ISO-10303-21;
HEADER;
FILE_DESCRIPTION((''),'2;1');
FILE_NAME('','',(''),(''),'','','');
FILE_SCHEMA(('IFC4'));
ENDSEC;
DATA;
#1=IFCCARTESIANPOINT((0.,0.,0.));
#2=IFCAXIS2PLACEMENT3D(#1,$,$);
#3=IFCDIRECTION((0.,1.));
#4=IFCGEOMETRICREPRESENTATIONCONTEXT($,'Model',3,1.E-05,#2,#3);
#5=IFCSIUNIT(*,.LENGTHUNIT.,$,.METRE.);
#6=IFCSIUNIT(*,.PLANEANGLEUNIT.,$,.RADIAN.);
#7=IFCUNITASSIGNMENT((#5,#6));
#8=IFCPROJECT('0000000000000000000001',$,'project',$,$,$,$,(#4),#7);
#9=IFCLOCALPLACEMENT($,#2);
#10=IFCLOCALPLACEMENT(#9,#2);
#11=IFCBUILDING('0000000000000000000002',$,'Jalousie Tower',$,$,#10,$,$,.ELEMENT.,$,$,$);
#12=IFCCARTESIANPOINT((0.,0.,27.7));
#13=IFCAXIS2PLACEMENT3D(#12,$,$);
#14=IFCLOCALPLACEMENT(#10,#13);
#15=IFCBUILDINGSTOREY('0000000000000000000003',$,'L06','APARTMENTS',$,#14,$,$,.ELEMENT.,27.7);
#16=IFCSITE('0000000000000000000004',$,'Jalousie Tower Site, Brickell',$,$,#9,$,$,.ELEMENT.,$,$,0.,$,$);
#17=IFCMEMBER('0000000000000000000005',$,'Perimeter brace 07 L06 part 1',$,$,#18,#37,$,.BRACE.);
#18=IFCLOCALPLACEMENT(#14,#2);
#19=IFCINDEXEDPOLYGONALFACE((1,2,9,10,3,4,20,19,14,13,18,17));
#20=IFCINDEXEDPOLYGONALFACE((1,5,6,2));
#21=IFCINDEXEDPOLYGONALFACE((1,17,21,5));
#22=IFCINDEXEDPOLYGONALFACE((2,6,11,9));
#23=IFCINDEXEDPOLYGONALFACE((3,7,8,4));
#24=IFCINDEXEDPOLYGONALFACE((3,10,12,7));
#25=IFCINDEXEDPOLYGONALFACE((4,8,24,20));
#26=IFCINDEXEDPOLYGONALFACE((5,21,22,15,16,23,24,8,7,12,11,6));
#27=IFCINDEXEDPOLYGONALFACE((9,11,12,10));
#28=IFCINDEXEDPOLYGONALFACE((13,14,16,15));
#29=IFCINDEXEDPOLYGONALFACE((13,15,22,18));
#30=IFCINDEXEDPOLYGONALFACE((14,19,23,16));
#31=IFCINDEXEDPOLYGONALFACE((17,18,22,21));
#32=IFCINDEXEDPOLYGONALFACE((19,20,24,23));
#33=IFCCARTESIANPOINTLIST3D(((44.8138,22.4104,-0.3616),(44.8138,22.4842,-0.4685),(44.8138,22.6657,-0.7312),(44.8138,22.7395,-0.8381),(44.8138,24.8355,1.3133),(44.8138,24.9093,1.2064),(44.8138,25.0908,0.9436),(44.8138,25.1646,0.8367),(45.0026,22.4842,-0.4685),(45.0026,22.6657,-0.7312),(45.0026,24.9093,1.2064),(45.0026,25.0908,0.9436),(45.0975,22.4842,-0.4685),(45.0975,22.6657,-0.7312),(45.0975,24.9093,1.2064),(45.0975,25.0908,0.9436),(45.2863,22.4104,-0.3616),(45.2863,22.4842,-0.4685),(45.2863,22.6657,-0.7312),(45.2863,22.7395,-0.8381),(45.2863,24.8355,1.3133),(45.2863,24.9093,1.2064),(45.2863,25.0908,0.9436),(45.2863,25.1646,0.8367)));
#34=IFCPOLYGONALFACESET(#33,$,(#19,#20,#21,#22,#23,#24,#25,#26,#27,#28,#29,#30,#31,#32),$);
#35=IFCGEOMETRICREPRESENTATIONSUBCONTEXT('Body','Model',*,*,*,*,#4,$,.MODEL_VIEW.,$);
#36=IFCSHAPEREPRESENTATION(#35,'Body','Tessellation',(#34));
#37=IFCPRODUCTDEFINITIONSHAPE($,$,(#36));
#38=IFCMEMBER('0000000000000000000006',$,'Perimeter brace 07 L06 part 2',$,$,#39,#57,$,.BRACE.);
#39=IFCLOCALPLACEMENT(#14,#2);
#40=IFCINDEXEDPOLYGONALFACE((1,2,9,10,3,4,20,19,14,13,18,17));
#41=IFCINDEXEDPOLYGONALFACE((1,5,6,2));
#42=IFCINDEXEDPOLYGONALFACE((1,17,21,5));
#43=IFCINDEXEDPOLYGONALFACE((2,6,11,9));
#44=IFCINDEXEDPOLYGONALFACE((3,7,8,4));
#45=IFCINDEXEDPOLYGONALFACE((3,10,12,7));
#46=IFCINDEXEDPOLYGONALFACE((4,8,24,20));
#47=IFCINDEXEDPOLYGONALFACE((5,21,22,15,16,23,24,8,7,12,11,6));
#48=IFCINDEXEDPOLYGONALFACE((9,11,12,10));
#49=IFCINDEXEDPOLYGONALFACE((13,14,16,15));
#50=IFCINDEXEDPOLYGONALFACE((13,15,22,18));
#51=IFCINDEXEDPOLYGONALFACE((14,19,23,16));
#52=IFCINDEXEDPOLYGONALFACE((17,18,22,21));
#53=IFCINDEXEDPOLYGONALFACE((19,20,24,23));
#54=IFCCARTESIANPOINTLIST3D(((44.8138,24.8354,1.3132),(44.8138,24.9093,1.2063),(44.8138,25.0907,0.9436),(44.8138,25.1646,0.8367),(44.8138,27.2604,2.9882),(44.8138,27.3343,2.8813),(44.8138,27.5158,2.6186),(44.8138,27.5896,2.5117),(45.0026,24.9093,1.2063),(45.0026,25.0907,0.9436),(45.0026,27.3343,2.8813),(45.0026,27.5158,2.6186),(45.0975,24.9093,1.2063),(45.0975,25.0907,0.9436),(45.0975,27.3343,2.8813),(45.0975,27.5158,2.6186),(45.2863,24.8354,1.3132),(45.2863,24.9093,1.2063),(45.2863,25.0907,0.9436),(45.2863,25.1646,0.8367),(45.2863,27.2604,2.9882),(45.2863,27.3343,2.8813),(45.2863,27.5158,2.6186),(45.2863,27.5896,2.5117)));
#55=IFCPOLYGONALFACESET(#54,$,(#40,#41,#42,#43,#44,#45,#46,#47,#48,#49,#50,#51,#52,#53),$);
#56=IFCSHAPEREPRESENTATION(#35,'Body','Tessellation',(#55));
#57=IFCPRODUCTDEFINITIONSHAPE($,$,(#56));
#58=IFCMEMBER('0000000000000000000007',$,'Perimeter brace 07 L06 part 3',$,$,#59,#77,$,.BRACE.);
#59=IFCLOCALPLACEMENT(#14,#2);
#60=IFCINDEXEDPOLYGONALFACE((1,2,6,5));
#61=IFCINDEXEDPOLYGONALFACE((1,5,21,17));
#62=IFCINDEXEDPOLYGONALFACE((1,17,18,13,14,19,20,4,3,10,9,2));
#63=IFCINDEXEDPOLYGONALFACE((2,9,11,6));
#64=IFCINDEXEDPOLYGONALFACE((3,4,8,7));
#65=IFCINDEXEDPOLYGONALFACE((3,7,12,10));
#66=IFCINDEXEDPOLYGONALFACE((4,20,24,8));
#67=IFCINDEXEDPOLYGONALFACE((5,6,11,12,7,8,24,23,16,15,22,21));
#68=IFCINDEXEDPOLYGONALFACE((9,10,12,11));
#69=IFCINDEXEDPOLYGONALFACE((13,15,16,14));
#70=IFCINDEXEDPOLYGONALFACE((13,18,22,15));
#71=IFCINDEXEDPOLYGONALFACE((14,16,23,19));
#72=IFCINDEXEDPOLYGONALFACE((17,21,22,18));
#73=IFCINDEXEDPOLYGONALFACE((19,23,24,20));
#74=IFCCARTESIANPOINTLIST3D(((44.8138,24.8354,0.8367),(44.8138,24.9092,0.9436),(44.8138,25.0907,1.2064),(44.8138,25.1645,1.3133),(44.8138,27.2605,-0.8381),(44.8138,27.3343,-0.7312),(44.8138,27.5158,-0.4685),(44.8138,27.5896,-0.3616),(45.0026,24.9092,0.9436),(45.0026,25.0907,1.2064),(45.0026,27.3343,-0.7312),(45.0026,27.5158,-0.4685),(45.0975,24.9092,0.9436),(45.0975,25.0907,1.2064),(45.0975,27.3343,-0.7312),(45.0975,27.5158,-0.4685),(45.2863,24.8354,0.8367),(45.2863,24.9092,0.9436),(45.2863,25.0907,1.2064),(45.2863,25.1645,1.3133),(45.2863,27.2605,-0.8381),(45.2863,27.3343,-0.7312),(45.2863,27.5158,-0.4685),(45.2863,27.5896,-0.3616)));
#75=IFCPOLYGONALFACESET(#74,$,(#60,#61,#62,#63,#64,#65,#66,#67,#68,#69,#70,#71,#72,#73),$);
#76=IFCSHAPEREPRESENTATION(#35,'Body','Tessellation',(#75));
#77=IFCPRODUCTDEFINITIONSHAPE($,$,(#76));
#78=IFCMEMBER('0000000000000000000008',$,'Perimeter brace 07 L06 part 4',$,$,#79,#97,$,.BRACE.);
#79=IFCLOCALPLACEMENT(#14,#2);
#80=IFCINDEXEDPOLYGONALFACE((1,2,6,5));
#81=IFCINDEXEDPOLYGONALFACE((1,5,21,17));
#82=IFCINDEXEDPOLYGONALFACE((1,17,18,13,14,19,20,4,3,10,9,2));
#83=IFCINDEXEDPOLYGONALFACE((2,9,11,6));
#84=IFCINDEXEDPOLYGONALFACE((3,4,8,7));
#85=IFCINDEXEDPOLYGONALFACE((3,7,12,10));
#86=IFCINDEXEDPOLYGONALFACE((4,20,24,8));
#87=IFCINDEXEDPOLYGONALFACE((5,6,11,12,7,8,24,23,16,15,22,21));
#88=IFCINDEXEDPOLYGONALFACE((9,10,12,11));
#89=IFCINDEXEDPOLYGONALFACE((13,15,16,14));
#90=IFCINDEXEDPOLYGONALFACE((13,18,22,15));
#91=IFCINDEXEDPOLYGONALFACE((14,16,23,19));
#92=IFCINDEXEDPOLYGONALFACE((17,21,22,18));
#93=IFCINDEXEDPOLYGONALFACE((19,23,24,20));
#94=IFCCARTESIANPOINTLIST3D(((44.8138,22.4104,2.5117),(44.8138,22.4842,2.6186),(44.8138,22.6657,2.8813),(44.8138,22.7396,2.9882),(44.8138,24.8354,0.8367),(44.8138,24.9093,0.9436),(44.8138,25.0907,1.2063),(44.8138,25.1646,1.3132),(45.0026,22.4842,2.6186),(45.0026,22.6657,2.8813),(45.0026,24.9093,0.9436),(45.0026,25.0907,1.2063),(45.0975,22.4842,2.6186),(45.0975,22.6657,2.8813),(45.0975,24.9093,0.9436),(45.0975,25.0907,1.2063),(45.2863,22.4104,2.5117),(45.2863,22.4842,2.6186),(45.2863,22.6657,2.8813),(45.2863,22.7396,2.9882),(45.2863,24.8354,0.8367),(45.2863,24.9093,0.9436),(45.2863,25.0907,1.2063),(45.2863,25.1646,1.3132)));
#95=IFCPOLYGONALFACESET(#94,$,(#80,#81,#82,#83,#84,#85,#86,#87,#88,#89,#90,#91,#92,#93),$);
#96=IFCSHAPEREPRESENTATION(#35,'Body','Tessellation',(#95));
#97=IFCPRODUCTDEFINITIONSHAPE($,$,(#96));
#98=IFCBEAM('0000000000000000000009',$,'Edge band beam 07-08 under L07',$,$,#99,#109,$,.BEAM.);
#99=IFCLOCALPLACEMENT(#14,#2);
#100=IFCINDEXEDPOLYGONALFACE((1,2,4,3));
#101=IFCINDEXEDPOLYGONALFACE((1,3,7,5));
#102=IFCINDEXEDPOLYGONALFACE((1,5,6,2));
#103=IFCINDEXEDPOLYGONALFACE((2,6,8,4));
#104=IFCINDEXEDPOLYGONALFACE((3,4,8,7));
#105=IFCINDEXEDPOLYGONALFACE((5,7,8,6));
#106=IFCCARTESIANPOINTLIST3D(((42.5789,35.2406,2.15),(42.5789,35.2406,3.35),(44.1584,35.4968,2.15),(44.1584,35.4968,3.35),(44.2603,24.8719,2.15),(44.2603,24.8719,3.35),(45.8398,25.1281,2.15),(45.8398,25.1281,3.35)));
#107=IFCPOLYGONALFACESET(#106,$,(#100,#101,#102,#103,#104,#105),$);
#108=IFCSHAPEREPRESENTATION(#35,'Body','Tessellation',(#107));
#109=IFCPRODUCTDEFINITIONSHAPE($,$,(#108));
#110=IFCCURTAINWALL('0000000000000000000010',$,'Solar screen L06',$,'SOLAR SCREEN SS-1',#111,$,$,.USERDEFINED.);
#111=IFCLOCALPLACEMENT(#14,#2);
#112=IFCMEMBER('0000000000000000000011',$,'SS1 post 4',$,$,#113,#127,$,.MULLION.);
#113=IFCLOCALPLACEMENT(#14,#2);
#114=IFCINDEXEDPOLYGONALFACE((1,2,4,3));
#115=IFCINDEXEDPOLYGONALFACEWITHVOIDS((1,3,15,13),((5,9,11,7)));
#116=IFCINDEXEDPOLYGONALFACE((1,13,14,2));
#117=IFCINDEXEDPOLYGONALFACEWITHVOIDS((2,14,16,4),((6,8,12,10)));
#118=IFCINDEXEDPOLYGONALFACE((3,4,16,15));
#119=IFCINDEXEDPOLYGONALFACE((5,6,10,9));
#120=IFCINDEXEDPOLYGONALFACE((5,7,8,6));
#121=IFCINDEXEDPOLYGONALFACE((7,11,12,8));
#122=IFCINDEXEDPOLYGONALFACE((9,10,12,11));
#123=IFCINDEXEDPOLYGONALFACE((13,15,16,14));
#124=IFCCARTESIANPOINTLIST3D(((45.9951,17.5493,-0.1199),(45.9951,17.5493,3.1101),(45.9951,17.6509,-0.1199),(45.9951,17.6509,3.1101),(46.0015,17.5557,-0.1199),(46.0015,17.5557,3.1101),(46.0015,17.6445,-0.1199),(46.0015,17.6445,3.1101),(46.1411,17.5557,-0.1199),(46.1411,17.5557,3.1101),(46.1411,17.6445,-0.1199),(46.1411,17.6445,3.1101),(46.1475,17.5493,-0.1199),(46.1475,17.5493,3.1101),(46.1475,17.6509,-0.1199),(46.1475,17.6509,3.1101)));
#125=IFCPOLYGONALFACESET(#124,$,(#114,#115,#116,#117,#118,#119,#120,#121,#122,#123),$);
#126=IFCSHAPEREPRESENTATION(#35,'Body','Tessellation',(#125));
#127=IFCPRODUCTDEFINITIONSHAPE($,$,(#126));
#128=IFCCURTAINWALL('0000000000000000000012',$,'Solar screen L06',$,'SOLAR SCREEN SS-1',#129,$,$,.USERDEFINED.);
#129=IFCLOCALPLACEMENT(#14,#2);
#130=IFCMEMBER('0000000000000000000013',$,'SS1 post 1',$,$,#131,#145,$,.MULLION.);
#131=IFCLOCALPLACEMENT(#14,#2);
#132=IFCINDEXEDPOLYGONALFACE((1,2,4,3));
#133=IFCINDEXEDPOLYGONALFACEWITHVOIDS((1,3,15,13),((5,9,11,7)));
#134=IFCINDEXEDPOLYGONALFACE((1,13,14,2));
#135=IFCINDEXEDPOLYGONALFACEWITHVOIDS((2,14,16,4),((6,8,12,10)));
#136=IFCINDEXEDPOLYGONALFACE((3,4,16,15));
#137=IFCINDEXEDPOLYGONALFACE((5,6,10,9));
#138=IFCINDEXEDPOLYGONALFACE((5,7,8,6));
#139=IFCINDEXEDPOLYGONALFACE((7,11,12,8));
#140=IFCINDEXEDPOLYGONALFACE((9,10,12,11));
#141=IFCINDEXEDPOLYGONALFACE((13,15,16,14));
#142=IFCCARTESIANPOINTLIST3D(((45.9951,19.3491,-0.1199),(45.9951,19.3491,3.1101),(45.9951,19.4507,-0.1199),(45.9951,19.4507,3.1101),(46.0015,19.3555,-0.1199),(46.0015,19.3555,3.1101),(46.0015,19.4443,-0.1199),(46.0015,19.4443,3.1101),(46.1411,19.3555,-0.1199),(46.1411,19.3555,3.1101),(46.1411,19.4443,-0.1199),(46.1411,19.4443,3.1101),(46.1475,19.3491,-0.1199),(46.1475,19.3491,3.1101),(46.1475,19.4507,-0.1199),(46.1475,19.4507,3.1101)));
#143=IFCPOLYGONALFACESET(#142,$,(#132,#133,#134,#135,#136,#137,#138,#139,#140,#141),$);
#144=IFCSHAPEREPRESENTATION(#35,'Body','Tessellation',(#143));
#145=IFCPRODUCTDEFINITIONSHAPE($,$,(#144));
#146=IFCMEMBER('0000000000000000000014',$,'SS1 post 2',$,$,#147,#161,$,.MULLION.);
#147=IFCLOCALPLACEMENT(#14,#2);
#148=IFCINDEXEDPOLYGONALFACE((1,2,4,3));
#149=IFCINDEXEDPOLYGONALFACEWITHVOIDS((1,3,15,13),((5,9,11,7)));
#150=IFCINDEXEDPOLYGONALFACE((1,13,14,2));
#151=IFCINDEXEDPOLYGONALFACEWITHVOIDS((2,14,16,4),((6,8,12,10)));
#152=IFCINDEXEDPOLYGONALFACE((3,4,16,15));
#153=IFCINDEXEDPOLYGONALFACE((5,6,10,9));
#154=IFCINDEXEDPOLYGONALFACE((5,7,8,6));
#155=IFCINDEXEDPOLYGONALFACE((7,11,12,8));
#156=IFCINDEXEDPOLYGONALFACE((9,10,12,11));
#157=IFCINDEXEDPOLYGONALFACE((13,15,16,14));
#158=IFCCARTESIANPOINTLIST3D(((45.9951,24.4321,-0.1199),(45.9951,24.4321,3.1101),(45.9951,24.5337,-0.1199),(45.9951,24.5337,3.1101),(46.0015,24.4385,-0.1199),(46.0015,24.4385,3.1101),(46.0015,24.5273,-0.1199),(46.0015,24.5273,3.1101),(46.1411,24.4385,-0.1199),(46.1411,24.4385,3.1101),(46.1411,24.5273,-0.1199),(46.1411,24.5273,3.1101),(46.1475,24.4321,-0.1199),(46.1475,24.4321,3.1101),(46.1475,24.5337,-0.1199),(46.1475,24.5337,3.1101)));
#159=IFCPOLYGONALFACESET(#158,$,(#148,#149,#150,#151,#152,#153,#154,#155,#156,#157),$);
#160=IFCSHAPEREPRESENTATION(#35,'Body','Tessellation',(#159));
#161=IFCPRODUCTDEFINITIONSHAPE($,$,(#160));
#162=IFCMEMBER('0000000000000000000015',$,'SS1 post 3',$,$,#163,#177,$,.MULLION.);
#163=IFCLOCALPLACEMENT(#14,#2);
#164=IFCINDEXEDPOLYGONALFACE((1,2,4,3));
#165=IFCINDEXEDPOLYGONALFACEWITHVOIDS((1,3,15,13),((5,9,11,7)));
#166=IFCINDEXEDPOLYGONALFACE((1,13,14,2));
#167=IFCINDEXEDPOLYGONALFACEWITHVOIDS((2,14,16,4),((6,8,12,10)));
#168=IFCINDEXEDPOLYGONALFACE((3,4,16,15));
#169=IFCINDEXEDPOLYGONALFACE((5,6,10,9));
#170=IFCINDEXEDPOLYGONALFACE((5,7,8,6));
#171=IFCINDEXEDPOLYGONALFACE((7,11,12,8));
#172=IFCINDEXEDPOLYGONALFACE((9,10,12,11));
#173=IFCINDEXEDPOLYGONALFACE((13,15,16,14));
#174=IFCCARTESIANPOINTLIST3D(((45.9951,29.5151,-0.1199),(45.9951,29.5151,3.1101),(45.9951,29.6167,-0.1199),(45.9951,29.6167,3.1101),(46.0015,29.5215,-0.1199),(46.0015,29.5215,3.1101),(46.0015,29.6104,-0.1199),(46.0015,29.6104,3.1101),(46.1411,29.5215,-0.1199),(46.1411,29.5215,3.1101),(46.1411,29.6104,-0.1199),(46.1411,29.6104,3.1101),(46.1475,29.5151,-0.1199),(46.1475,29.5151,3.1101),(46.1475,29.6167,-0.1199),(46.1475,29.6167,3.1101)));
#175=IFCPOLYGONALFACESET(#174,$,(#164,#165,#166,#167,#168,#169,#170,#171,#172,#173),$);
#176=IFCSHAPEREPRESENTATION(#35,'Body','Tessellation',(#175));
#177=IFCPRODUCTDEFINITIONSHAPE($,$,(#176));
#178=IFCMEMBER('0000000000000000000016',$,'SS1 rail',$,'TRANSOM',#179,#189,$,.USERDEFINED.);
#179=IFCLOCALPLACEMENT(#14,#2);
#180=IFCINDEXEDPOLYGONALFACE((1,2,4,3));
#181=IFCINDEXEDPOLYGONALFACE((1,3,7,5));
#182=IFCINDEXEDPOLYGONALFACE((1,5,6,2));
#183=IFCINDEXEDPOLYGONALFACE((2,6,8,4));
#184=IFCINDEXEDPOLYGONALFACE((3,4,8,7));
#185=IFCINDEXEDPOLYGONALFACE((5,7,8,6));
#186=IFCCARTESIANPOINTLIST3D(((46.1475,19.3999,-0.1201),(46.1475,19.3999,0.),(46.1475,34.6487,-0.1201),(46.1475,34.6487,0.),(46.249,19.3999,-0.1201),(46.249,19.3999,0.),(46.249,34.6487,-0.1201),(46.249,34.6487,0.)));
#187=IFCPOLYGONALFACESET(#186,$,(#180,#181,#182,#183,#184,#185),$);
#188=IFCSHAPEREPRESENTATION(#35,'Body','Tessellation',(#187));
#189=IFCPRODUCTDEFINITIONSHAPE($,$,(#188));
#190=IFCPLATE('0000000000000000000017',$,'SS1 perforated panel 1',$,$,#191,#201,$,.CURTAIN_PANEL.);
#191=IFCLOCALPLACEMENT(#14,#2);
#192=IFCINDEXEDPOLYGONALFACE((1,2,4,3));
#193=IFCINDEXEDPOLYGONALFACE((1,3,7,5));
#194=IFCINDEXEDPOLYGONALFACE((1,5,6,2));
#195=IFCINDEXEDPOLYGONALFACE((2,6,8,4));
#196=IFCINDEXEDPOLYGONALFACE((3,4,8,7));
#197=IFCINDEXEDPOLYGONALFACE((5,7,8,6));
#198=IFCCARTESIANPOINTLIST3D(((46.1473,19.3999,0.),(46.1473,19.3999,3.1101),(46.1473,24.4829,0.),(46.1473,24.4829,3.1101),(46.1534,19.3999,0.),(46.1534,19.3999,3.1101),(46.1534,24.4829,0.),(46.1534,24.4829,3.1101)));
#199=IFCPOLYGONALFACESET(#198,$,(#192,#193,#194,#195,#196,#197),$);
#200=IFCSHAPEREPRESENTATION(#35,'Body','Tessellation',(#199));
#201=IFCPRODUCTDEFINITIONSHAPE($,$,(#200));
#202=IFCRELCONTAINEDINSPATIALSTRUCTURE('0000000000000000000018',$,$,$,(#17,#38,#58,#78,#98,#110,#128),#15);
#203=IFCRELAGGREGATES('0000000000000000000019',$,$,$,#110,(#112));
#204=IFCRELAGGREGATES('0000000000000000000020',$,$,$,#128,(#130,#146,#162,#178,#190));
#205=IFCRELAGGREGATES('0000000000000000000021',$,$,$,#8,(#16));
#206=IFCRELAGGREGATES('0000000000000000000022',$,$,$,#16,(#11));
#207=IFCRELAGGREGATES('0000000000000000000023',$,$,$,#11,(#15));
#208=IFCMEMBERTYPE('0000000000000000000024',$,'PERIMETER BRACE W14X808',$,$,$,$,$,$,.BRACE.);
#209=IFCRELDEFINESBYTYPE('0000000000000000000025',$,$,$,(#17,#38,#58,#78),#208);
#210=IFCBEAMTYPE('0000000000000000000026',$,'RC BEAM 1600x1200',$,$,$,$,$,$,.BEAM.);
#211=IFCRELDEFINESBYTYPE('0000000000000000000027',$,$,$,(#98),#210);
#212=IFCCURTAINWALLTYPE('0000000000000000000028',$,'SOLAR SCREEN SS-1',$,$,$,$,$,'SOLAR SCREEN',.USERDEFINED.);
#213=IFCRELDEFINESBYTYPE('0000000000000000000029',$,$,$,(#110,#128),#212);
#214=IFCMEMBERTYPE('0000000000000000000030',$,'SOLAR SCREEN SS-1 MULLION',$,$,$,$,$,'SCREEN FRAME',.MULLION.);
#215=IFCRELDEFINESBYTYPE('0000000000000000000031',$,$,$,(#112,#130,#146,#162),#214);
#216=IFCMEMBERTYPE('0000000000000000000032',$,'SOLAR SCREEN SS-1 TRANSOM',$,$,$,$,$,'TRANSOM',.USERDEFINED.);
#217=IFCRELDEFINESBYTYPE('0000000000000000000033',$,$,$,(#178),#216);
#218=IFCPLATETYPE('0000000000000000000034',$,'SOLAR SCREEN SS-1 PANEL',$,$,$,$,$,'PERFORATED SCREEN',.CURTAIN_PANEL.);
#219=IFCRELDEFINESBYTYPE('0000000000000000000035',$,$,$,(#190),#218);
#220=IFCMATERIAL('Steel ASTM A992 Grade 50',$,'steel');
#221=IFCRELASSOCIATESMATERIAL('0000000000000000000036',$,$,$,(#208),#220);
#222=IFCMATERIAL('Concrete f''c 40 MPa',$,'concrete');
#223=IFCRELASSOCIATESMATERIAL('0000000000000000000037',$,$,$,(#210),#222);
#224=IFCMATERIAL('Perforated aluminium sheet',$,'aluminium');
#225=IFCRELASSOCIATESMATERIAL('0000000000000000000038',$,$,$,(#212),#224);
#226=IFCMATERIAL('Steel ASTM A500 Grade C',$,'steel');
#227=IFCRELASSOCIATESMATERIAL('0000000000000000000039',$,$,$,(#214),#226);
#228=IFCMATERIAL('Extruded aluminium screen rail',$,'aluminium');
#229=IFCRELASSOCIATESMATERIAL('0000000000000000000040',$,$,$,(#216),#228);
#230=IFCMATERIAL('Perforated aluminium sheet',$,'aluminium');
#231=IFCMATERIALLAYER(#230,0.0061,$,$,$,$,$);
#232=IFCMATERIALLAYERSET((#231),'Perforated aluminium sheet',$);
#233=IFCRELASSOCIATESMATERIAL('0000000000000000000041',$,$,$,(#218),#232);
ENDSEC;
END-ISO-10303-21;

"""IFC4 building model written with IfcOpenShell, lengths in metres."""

from ifc_helpers import new_model, si_unit, direction, frame, origin, origin_2d, place, context, subcontext, project, spatial, rectangle, hollow_rectangle, i_section, extrude, material, layer, layer_set, material_profile, profile_set, type_object, element, aggregate, save


model = new_model("IFC4")

# Units and contexts
model_context = context("Model", 3, precision=1e-05, world=origin(), true_north=direction((0.0, 1.0)))
body_context = subcontext(model_context, "Body", "Model", "MODEL_VIEW")
ifc_project = project(units=[si_unit("LENGTHUNIT", "METRE"), si_unit("PLANEANGLEUNIT", "RADIAN")], contexts=[model_context])

# Site, building, storey
site_placement = place(None, origin())
site = spatial("IfcSite", under=ifc_project, at=site_placement, Name="Jalousie Tower Site, Brickell", CompositionType="ELEMENT", RefElevation=0.0)
building_placement = place(site_placement, origin())
building = spatial("IfcBuilding", under=site, at=building_placement, Name="Jalousie Tower", CompositionType="ELEMENT")
storey_placement = place(building_placement, frame((0.0, 0.0, 27.7)))
storey = spatial("IfcBuildingStorey", under=building, at=storey_placement, Name="L06", Description="APARTMENTS", CompositionType="ELEMENT", Elevation=27.7)

# Members
ifc_material_1 = material(Name="Steel ASTM A992 Grade 50", Category="steel")
ifc_material_profile_1 = material_profile(ifc_material_1, i_section(OverallWidth=0.4724, OverallDepth=0.5791, WebThickness=0.095, FlangeThickness=0.1299, at=origin_2d()), Name="W14X808")
ifc_profile_set_1 = profile_set([ifc_material_profile_1], Name="Steel ASTM A992 Grade 50")
member_type_1 = type_object("IfcMemberType", Name="PERIMETER BRACE W14X808", PredefinedType="BRACE", material=ifc_profile_set_1)
for number, where, z_axis, x_axis, name in (
    (1, (45.05, 22.575, -0.5999), (0.0, 0.822839, 0.568275), (-1.0, 0.0, 0.0), "Perimeter brace 07 L06 part 1"),
    (2, (45.05, 25.0, 1.075), (0.0, 0.8228, 0.568331), (-1.0, 0.0, 0.0), "Perimeter brace 07 L06 part 2"),
    (3, (45.05, 27.425, -0.5999), (0.0, -0.822839, 0.568275), (1.0, 0.0, 0.0), "Perimeter brace 07 L06 part 3"),
    (4, (45.05, 25.0, 1.075), (0.0, -0.8228, 0.568331), (1.0, 0.0, 0.0), "Perimeter brace 07 L06 part 4"),
):
    element("IfcMember", number, at=place(storey_placement, frame(where, z_axis=z_axis, x_axis=x_axis)), inside=storey, type_object=member_type_1, Name=name, PredefinedType="BRACE", context=body_context, shape_type="SweptSolid", body=[
        extrude(i_section(OverallWidth=0.4724, OverallDepth=0.5791, WebThickness=0.095, FlangeThickness=0.1299, at=origin_2d()), origin(), (0.0, 0.0, 1.0), 2.9473),
    ])

# Beam
ifc_material_2 = material(Name="Concrete f'c 40 MPa", Category="concrete")
ifc_material_profile_2 = material_profile(ifc_material_2, rectangle(XDim=1.6001, YDim=1.2, at=origin_2d()), Name="RC 1600x1200")
ifc_profile_set_2 = profile_set([ifc_material_profile_2], Name="Concrete f'c 40 MPa")
beam_type = type_object("IfcBeamType", Name="RC BEAM 1600x1200", PredefinedType="BEAM", material=ifc_profile_set_2)
beam_placement = place(storey_placement, frame((45.05, 25.0, 2.75), z_axis=(-0.160071, 0.987106, 0.0), x_axis=(-0.987106, -0.160071, 0.0)))
element("IfcBeam", 5, at=beam_placement, inside=storey, type_object=beam_type, Name="Edge band beam 07-08 under L07", PredefinedType="BEAM", context=body_context, shape_type="SweptSolid", body=[
    extrude(rectangle(XDim=1.6001, YDim=1.2, at=origin_2d()), origin(), (0.0, 0.0, 1.0), 10.5042),
])

# Curtain wall, member
ifc_material_3 = material(Name="Perforated aluminium sheet", Category="aluminium")
curtain_wall_type = type_object("IfcCurtainWallType", Name="SOLAR SCREEN SS-1", ElementType="SOLAR SCREEN", PredefinedType="USERDEFINED", material=ifc_material_3)
curtain_wall_1_placement = place(storey_placement, origin())
curtain_wall_1 = element("IfcCurtainWall", 6, at=curtain_wall_1_placement, inside=storey, type_object=curtain_wall_type, Name="Solar screen L06", ObjectType="SOLAR SCREEN SS-1", PredefinedType="USERDEFINED")
ifc_material_4 = material(Name="Steel ASTM A500 Grade C", Category="steel")
ifc_material_profile_3 = material_profile(ifc_material_4, hollow_rectangle(XDim=0.1016, YDim=0.1523, WallThickness=0.0063, at=origin_2d()), Name="HSS6X4X1/4")
ifc_profile_set_3 = profile_set([ifc_material_profile_3], Name="Steel ASTM A500 Grade C")
member_type_2 = type_object("IfcMemberType", Name="SOLAR SCREEN SS-1 MULLION", ElementType="SCREEN FRAME", PredefinedType="MULLION", material=ifc_profile_set_3)
member_1_placement = place(storey_placement, frame((46.0713, 17.6001, -0.1199), z_axis=(0.0, 0.0, 1.0), x_axis=(0.0, 1.0, 0.0)))
member_1 = element("IfcMember", 7, at=member_1_placement, type_object=member_type_2, Name="SS1 post 4", PredefinedType="MULLION", context=body_context, shape_type="SweptSolid", body=[
    extrude(hollow_rectangle(XDim=0.1016, YDim=0.1523, WallThickness=0.0063, at=origin_2d()), origin(), (0.0, 0.0, 1.0), 3.23),
])
aggregate(curtain_wall_1, [member_1])

# Curtain wall, members, plate
curtain_wall_2_placement = place(storey_placement, origin())
curtain_wall_2 = element("IfcCurtainWall", 8, at=curtain_wall_2_placement, inside=storey, type_object=curtain_wall_type, Name="Solar screen L06", ObjectType="SOLAR SCREEN SS-1", PredefinedType="USERDEFINED")
member_2_placement = place(storey_placement, frame((46.0713, 19.3999, -0.1199), z_axis=(0.0, 0.0, 1.0), x_axis=(0.0, 1.0, 0.0)))
member_2 = element("IfcMember", 9, at=member_2_placement, type_object=member_type_2, Name="SS1 post 1", PredefinedType="MULLION", context=body_context, shape_type="SweptSolid", body=[
    extrude(hollow_rectangle(XDim=0.1016, YDim=0.1523, WallThickness=0.0063, at=origin_2d()), origin(), (0.0, 0.0, 1.0), 3.23),
])
member_3_placement = place(storey_placement, frame((46.0713, 24.4829, -0.1199), z_axis=(0.0, 0.0, 1.0), x_axis=(0.0, 1.0, 0.0)))
member_3 = element("IfcMember", 10, at=member_3_placement, type_object=member_type_2, Name="SS1 post 2", PredefinedType="MULLION", context=body_context, shape_type="SweptSolid", body=[
    extrude(hollow_rectangle(XDim=0.1016, YDim=0.1523, WallThickness=0.0063, at=origin_2d()), origin(), (0.0, 0.0, 1.0), 3.23),
])
member_4_placement = place(storey_placement, frame((46.0713, 29.5659, -0.1199), z_axis=(0.0, 0.0, 1.0), x_axis=(0.0, 1.0, 0.0)))
member_4 = element("IfcMember", 11, at=member_4_placement, type_object=member_type_2, Name="SS1 post 3", PredefinedType="MULLION", context=body_context, shape_type="SweptSolid", body=[
    extrude(hollow_rectangle(XDim=0.1016, YDim=0.1523, WallThickness=0.0063, at=origin_2d()), origin(), (0.0, 0.0, 1.0), 3.23),
])
ifc_material_5 = material(Name="Extruded aluminium screen rail", Category="aluminium")
ifc_material_profile_4 = material_profile(ifc_material_5, rectangle(XDim=0.1016, YDim=0.1201, at=origin_2d()), Name="RAIL 102x120")
ifc_profile_set_4 = profile_set([ifc_material_profile_4], Name="Extruded aluminium screen rail")
member_type_3 = type_object("IfcMemberType", Name="SOLAR SCREEN SS-1 TRANSOM", ElementType="TRANSOM", PredefinedType="USERDEFINED", material=ifc_profile_set_4)
member_5_placement = place(storey_placement, frame((46.1982, 19.3999, -0.0601), z_axis=(0.0, 1.0, 0.0), x_axis=(-1.0, 0.0, 0.0)))
member_5 = element("IfcMember", 12, at=member_5_placement, type_object=member_type_3, Name="SS1 rail", ObjectType="TRANSOM", PredefinedType="USERDEFINED", context=body_context, shape_type="SweptSolid", body=[
    extrude(rectangle(XDim=0.1016, YDim=0.1201, at=origin_2d()), origin(), (0.0, 0.0, 1.0), 15.2488),
])
ifc_material_6 = material(Name="Perforated aluminium sheet", Category="aluminium")
ifc_layer_1 = layer(ifc_material_6, 0.0061)
ifc_layer_set_1 = layer_set([ifc_layer_1], Name="Perforated aluminium sheet")
plate_type = type_object("IfcPlateType", Name="SOLAR SCREEN SS-1 PANEL", ElementType="PERFORATED SCREEN", PredefinedType="CURTAIN_PANEL", material=ifc_layer_set_1)
plate_1_placement = place(storey_placement, frame((46.1504, 21.9414, 0.0), z_axis=(0.0, 0.0, 1.0), x_axis=(0.0, 1.0, 0.0)))
plate_1 = element("IfcPlate", 13, at=plate_1_placement, type_object=plate_type, Name="SS1 perforated panel 1", PredefinedType="CURTAIN_PANEL", context=body_context, shape_type="SweptSolid", body=[
    extrude(rectangle(XDim=5.083, YDim=0.0061, at=origin_2d()), origin(), (0.0, 0.0, 1.0), 3.1101),
])
aggregate(curtain_wall_2, [member_2, member_3, member_4, member_5, plate_1])

save(model, "model.ifc")
